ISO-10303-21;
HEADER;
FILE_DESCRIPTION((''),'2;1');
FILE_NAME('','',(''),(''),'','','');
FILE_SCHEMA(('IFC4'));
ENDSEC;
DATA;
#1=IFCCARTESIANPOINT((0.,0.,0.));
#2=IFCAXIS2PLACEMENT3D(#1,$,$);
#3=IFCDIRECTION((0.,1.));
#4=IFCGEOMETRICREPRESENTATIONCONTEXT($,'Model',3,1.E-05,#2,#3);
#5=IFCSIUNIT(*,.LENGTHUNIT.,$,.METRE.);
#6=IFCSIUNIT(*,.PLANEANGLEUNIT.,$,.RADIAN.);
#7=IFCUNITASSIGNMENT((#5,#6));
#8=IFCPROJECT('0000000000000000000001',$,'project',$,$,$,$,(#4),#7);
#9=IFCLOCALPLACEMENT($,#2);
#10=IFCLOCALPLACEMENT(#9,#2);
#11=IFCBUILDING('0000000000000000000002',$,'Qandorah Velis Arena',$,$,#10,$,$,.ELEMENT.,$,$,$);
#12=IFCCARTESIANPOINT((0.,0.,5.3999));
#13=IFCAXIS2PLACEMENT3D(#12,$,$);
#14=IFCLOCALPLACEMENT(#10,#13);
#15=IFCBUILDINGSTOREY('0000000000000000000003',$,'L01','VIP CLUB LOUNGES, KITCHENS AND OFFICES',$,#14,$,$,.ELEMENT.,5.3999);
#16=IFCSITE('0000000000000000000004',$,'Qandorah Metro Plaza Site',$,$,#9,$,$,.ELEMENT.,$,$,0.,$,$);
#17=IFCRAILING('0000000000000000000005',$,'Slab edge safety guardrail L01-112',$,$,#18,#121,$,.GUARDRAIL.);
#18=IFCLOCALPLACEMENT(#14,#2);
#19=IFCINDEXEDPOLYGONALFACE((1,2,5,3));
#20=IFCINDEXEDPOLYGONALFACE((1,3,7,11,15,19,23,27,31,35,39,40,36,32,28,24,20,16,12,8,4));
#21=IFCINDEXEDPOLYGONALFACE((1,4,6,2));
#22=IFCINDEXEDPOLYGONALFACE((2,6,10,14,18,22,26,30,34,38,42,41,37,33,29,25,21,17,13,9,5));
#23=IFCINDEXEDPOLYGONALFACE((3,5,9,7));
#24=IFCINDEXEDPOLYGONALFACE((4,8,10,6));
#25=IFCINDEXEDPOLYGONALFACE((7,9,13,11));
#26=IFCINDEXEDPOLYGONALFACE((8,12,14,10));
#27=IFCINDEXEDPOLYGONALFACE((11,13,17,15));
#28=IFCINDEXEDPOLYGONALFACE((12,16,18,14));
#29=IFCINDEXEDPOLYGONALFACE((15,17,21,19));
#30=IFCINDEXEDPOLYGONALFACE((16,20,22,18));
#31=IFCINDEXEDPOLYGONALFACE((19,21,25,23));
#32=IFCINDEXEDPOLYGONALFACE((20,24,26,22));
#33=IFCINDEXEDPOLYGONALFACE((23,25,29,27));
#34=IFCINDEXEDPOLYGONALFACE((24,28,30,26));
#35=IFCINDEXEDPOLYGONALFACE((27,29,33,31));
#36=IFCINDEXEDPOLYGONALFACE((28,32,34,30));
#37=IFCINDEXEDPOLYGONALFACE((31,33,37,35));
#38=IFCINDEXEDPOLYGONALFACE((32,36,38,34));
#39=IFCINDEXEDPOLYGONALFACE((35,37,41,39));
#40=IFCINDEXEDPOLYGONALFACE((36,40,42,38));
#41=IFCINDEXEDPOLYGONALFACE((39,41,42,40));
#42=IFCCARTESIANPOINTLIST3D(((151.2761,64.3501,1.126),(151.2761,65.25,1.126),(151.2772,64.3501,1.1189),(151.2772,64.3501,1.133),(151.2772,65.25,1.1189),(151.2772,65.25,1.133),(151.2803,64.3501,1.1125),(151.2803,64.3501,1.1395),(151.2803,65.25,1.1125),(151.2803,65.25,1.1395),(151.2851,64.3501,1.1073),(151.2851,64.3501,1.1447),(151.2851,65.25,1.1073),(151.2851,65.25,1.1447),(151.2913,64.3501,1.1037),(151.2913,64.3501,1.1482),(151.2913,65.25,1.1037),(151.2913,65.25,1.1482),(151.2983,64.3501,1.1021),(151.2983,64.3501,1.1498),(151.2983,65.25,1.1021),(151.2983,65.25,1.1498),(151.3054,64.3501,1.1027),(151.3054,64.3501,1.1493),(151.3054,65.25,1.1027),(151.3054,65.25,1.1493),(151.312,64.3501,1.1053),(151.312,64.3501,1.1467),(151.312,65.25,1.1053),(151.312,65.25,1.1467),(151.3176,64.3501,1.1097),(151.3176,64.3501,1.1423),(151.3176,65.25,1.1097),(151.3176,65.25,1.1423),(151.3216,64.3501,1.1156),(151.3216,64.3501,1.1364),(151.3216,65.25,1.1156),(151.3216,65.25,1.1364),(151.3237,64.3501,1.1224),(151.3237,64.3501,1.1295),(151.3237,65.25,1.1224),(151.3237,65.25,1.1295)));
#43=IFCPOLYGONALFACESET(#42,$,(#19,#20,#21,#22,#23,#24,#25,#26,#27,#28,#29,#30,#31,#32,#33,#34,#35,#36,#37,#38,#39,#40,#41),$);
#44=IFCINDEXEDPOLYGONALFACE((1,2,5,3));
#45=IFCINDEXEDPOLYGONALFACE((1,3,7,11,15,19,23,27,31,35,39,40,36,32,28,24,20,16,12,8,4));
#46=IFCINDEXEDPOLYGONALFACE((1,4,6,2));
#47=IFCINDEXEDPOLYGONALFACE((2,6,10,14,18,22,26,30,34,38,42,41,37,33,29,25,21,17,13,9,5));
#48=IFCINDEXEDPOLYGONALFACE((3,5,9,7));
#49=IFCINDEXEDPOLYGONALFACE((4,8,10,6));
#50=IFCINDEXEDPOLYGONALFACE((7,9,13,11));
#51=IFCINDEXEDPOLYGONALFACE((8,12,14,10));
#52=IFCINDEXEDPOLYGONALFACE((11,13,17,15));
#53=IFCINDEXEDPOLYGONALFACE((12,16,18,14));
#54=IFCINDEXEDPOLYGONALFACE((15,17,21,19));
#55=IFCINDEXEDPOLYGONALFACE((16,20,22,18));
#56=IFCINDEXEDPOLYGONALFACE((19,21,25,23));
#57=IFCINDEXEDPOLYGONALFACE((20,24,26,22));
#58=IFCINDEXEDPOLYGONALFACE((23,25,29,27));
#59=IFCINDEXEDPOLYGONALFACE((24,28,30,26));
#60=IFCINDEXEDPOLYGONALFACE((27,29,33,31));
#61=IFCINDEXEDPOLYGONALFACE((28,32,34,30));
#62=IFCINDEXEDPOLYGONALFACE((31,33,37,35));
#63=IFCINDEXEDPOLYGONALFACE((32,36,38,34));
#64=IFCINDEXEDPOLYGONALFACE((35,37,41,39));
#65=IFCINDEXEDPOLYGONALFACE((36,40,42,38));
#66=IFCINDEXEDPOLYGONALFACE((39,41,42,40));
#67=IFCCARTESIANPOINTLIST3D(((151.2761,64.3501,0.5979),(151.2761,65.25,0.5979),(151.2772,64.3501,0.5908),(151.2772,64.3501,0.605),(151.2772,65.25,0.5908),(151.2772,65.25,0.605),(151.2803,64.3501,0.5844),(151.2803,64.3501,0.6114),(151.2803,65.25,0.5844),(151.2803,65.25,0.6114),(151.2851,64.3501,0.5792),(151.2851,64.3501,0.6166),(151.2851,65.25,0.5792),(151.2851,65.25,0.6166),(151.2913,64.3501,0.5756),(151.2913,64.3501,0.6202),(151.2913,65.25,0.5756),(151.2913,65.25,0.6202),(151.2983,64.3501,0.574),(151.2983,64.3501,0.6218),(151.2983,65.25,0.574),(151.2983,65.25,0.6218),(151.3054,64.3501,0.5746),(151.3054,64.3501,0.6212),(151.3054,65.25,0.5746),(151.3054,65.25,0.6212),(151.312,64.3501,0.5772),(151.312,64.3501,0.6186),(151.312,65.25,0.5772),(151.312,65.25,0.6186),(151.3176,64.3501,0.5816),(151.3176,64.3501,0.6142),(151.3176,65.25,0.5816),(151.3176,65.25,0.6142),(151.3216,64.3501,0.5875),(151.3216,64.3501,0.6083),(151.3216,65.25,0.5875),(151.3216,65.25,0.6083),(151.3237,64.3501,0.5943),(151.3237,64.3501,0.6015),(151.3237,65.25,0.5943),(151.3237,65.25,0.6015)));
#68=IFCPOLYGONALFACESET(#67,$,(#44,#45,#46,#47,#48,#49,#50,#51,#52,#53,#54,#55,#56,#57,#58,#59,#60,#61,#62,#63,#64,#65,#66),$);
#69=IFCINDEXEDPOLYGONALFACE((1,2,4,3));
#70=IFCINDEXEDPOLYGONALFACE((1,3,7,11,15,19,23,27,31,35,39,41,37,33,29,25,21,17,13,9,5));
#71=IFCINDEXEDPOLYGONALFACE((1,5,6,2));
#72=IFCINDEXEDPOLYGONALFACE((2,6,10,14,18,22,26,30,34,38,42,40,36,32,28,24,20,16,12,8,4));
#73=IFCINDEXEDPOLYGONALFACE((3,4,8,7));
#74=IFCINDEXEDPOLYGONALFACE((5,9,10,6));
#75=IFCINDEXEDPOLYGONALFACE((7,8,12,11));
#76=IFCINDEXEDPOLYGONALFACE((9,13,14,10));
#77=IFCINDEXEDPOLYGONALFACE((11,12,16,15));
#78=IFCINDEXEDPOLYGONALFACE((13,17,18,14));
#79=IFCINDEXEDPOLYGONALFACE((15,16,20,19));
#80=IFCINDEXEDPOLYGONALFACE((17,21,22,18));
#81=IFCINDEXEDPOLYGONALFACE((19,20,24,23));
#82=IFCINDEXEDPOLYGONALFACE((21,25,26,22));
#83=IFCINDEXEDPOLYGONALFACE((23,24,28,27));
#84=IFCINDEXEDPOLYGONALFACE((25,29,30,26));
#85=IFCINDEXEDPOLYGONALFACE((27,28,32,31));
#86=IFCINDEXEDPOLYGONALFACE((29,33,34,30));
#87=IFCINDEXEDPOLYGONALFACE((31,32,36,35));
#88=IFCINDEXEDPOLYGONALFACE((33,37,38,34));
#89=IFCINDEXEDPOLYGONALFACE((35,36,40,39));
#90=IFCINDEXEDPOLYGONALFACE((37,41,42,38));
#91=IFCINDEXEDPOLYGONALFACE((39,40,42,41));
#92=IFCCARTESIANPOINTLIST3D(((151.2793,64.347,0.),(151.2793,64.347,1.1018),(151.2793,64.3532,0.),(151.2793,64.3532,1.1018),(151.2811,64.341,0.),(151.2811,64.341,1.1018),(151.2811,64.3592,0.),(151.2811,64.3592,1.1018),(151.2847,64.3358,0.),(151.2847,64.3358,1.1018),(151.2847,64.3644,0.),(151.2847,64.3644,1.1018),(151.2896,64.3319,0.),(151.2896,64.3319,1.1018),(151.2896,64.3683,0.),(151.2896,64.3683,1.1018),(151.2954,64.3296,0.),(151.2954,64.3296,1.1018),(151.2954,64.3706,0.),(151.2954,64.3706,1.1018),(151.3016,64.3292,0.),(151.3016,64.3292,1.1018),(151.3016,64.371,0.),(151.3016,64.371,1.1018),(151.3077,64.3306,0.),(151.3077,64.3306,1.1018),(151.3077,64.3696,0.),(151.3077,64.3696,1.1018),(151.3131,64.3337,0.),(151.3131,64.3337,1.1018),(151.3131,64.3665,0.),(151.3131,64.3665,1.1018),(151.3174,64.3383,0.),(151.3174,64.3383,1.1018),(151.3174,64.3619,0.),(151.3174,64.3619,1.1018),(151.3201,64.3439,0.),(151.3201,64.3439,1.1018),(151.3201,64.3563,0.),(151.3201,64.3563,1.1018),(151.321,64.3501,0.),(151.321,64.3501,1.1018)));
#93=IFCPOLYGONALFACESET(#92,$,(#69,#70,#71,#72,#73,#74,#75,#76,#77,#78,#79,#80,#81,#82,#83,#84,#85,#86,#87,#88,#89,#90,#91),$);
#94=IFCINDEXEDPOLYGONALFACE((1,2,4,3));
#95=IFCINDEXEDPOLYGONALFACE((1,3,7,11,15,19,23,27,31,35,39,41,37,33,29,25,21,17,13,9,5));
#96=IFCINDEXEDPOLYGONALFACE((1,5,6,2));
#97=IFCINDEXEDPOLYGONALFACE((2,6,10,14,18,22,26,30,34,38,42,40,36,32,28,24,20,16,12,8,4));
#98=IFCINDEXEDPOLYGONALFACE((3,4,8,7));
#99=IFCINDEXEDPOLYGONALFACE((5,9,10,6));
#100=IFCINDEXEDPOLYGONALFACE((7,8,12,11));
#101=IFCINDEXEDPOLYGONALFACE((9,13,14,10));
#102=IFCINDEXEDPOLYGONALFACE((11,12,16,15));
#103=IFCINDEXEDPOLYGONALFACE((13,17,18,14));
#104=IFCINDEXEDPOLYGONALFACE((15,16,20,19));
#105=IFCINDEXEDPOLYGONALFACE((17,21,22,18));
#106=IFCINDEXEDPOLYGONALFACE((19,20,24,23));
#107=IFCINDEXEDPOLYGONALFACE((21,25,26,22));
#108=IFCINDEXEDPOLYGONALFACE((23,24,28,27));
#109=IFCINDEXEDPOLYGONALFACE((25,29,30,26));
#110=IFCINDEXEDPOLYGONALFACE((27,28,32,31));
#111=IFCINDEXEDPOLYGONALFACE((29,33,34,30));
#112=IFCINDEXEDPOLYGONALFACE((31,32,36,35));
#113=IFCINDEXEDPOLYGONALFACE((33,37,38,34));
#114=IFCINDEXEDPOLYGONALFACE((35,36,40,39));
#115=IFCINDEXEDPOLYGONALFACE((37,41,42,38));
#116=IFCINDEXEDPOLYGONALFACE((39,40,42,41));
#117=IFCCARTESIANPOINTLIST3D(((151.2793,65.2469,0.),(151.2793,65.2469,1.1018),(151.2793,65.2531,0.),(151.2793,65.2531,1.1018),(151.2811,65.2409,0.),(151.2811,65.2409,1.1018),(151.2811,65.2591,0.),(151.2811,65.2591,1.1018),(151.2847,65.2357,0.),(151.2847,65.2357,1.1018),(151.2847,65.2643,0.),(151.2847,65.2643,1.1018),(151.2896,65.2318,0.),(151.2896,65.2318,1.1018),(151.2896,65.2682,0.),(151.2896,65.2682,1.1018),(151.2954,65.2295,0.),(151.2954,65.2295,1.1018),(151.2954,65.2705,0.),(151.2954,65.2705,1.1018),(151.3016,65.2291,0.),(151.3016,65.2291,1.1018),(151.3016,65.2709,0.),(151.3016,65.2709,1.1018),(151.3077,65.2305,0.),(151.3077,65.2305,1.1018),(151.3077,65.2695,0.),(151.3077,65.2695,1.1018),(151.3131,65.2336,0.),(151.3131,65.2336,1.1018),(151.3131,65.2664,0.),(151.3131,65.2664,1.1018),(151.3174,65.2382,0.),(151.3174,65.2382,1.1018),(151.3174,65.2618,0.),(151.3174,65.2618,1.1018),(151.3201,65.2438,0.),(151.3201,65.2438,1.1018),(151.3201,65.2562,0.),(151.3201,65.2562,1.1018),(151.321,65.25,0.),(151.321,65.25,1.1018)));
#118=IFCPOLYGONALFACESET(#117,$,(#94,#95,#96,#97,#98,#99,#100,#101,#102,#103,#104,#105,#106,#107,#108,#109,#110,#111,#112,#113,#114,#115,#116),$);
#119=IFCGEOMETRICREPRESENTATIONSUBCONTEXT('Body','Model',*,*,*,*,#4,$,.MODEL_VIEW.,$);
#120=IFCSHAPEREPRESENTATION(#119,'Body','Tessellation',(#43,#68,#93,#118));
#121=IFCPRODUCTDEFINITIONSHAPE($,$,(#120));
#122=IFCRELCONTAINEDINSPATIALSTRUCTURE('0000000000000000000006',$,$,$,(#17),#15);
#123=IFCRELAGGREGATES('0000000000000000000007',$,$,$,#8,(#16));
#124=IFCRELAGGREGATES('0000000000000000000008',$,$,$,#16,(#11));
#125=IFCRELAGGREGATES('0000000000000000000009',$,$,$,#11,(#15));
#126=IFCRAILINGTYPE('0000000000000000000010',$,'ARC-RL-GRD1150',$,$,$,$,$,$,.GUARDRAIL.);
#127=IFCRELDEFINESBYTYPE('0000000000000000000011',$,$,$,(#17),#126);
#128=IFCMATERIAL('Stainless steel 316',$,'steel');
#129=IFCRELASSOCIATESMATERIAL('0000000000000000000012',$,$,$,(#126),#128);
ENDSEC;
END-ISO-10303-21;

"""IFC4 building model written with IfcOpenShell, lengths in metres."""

from ifc_helpers import new_model, si_unit, direction, frame, origin, origin_2d, place, context, subcontext, project, spatial, circle, extrude, material, type_object, element, save


model = new_model("IFC4")

# Units and contexts
model_context = context("Model", 3, precision=1e-05, world=origin(), true_north=direction((0.0, 1.0)))
body_context = subcontext(model_context, "Body", "Model", "MODEL_VIEW")
ifc_project = project(units=[si_unit("LENGTHUNIT", "METRE"), si_unit("PLANEANGLEUNIT", "RADIAN")], contexts=[model_context])

# Site, building, storey
site_placement = place(None, origin())
site = spatial("IfcSite", under=ifc_project, at=site_placement, Name="Qandorah Metro Plaza Site", CompositionType="ELEMENT", RefElevation=0.0)
building_placement = place(site_placement, origin())
building = spatial("IfcBuilding", under=site, at=building_placement, Name="Qandorah Velis Arena", CompositionType="ELEMENT")
storey_placement = place(building_placement, frame((0.0, 0.0, 5.3999)))
storey = spatial("IfcBuildingStorey", under=building, at=storey_placement, Name="L01", Description="VIP CLUB LOUNGES, KITCHENS AND OFFICES", CompositionType="ELEMENT", Elevation=5.3999)

# Railing
ifc_material_1 = material(Name="Stainless steel 316", Category="steel")
railing_type_1 = type_object("IfcRailingType", Name="ARC-RL-GRD1150", PredefinedType="GUARDRAIL", material=ifc_material_1)
railing_1_placement = place(storey_placement, frame((151.3, 64.3501, 0.0)))
element("IfcRailing", 1, at=railing_1_placement, inside=storey, type_object=railing_type_1, Name="Slab edge safety guardrail L01-112", PredefinedType="GUARDRAIL", context=body_context, shape_type="SweptSolid", body=[
    extrude(circle(Radius=0.0239, at=origin_2d()), frame((0.0, 0.0, 1.126), z_axis=(0.0, 1.0, 0.0), x_axis=(-1.0, 0.0, 0.0)), (0.0, 0.0, 1.0), 0.8999),
    extrude(circle(Radius=0.0239, at=origin_2d()), frame((0.0, 0.0, 0.5979), z_axis=(0.0, 1.0, 0.0), x_axis=(-1.0, 0.0, 0.0)), (0.0, 0.0, 1.0), 0.8999),
    extrude(circle(Radius=0.021, at=origin_2d()), origin(), (0.0, 0.0, 1.0), 1.1018),
    extrude(circle(Radius=0.021, at=origin_2d()), frame((0.0, 0.8999, 0.0)), (0.0, 0.0, 1.0), 1.1018),
])

save(model, "model.ifc")
